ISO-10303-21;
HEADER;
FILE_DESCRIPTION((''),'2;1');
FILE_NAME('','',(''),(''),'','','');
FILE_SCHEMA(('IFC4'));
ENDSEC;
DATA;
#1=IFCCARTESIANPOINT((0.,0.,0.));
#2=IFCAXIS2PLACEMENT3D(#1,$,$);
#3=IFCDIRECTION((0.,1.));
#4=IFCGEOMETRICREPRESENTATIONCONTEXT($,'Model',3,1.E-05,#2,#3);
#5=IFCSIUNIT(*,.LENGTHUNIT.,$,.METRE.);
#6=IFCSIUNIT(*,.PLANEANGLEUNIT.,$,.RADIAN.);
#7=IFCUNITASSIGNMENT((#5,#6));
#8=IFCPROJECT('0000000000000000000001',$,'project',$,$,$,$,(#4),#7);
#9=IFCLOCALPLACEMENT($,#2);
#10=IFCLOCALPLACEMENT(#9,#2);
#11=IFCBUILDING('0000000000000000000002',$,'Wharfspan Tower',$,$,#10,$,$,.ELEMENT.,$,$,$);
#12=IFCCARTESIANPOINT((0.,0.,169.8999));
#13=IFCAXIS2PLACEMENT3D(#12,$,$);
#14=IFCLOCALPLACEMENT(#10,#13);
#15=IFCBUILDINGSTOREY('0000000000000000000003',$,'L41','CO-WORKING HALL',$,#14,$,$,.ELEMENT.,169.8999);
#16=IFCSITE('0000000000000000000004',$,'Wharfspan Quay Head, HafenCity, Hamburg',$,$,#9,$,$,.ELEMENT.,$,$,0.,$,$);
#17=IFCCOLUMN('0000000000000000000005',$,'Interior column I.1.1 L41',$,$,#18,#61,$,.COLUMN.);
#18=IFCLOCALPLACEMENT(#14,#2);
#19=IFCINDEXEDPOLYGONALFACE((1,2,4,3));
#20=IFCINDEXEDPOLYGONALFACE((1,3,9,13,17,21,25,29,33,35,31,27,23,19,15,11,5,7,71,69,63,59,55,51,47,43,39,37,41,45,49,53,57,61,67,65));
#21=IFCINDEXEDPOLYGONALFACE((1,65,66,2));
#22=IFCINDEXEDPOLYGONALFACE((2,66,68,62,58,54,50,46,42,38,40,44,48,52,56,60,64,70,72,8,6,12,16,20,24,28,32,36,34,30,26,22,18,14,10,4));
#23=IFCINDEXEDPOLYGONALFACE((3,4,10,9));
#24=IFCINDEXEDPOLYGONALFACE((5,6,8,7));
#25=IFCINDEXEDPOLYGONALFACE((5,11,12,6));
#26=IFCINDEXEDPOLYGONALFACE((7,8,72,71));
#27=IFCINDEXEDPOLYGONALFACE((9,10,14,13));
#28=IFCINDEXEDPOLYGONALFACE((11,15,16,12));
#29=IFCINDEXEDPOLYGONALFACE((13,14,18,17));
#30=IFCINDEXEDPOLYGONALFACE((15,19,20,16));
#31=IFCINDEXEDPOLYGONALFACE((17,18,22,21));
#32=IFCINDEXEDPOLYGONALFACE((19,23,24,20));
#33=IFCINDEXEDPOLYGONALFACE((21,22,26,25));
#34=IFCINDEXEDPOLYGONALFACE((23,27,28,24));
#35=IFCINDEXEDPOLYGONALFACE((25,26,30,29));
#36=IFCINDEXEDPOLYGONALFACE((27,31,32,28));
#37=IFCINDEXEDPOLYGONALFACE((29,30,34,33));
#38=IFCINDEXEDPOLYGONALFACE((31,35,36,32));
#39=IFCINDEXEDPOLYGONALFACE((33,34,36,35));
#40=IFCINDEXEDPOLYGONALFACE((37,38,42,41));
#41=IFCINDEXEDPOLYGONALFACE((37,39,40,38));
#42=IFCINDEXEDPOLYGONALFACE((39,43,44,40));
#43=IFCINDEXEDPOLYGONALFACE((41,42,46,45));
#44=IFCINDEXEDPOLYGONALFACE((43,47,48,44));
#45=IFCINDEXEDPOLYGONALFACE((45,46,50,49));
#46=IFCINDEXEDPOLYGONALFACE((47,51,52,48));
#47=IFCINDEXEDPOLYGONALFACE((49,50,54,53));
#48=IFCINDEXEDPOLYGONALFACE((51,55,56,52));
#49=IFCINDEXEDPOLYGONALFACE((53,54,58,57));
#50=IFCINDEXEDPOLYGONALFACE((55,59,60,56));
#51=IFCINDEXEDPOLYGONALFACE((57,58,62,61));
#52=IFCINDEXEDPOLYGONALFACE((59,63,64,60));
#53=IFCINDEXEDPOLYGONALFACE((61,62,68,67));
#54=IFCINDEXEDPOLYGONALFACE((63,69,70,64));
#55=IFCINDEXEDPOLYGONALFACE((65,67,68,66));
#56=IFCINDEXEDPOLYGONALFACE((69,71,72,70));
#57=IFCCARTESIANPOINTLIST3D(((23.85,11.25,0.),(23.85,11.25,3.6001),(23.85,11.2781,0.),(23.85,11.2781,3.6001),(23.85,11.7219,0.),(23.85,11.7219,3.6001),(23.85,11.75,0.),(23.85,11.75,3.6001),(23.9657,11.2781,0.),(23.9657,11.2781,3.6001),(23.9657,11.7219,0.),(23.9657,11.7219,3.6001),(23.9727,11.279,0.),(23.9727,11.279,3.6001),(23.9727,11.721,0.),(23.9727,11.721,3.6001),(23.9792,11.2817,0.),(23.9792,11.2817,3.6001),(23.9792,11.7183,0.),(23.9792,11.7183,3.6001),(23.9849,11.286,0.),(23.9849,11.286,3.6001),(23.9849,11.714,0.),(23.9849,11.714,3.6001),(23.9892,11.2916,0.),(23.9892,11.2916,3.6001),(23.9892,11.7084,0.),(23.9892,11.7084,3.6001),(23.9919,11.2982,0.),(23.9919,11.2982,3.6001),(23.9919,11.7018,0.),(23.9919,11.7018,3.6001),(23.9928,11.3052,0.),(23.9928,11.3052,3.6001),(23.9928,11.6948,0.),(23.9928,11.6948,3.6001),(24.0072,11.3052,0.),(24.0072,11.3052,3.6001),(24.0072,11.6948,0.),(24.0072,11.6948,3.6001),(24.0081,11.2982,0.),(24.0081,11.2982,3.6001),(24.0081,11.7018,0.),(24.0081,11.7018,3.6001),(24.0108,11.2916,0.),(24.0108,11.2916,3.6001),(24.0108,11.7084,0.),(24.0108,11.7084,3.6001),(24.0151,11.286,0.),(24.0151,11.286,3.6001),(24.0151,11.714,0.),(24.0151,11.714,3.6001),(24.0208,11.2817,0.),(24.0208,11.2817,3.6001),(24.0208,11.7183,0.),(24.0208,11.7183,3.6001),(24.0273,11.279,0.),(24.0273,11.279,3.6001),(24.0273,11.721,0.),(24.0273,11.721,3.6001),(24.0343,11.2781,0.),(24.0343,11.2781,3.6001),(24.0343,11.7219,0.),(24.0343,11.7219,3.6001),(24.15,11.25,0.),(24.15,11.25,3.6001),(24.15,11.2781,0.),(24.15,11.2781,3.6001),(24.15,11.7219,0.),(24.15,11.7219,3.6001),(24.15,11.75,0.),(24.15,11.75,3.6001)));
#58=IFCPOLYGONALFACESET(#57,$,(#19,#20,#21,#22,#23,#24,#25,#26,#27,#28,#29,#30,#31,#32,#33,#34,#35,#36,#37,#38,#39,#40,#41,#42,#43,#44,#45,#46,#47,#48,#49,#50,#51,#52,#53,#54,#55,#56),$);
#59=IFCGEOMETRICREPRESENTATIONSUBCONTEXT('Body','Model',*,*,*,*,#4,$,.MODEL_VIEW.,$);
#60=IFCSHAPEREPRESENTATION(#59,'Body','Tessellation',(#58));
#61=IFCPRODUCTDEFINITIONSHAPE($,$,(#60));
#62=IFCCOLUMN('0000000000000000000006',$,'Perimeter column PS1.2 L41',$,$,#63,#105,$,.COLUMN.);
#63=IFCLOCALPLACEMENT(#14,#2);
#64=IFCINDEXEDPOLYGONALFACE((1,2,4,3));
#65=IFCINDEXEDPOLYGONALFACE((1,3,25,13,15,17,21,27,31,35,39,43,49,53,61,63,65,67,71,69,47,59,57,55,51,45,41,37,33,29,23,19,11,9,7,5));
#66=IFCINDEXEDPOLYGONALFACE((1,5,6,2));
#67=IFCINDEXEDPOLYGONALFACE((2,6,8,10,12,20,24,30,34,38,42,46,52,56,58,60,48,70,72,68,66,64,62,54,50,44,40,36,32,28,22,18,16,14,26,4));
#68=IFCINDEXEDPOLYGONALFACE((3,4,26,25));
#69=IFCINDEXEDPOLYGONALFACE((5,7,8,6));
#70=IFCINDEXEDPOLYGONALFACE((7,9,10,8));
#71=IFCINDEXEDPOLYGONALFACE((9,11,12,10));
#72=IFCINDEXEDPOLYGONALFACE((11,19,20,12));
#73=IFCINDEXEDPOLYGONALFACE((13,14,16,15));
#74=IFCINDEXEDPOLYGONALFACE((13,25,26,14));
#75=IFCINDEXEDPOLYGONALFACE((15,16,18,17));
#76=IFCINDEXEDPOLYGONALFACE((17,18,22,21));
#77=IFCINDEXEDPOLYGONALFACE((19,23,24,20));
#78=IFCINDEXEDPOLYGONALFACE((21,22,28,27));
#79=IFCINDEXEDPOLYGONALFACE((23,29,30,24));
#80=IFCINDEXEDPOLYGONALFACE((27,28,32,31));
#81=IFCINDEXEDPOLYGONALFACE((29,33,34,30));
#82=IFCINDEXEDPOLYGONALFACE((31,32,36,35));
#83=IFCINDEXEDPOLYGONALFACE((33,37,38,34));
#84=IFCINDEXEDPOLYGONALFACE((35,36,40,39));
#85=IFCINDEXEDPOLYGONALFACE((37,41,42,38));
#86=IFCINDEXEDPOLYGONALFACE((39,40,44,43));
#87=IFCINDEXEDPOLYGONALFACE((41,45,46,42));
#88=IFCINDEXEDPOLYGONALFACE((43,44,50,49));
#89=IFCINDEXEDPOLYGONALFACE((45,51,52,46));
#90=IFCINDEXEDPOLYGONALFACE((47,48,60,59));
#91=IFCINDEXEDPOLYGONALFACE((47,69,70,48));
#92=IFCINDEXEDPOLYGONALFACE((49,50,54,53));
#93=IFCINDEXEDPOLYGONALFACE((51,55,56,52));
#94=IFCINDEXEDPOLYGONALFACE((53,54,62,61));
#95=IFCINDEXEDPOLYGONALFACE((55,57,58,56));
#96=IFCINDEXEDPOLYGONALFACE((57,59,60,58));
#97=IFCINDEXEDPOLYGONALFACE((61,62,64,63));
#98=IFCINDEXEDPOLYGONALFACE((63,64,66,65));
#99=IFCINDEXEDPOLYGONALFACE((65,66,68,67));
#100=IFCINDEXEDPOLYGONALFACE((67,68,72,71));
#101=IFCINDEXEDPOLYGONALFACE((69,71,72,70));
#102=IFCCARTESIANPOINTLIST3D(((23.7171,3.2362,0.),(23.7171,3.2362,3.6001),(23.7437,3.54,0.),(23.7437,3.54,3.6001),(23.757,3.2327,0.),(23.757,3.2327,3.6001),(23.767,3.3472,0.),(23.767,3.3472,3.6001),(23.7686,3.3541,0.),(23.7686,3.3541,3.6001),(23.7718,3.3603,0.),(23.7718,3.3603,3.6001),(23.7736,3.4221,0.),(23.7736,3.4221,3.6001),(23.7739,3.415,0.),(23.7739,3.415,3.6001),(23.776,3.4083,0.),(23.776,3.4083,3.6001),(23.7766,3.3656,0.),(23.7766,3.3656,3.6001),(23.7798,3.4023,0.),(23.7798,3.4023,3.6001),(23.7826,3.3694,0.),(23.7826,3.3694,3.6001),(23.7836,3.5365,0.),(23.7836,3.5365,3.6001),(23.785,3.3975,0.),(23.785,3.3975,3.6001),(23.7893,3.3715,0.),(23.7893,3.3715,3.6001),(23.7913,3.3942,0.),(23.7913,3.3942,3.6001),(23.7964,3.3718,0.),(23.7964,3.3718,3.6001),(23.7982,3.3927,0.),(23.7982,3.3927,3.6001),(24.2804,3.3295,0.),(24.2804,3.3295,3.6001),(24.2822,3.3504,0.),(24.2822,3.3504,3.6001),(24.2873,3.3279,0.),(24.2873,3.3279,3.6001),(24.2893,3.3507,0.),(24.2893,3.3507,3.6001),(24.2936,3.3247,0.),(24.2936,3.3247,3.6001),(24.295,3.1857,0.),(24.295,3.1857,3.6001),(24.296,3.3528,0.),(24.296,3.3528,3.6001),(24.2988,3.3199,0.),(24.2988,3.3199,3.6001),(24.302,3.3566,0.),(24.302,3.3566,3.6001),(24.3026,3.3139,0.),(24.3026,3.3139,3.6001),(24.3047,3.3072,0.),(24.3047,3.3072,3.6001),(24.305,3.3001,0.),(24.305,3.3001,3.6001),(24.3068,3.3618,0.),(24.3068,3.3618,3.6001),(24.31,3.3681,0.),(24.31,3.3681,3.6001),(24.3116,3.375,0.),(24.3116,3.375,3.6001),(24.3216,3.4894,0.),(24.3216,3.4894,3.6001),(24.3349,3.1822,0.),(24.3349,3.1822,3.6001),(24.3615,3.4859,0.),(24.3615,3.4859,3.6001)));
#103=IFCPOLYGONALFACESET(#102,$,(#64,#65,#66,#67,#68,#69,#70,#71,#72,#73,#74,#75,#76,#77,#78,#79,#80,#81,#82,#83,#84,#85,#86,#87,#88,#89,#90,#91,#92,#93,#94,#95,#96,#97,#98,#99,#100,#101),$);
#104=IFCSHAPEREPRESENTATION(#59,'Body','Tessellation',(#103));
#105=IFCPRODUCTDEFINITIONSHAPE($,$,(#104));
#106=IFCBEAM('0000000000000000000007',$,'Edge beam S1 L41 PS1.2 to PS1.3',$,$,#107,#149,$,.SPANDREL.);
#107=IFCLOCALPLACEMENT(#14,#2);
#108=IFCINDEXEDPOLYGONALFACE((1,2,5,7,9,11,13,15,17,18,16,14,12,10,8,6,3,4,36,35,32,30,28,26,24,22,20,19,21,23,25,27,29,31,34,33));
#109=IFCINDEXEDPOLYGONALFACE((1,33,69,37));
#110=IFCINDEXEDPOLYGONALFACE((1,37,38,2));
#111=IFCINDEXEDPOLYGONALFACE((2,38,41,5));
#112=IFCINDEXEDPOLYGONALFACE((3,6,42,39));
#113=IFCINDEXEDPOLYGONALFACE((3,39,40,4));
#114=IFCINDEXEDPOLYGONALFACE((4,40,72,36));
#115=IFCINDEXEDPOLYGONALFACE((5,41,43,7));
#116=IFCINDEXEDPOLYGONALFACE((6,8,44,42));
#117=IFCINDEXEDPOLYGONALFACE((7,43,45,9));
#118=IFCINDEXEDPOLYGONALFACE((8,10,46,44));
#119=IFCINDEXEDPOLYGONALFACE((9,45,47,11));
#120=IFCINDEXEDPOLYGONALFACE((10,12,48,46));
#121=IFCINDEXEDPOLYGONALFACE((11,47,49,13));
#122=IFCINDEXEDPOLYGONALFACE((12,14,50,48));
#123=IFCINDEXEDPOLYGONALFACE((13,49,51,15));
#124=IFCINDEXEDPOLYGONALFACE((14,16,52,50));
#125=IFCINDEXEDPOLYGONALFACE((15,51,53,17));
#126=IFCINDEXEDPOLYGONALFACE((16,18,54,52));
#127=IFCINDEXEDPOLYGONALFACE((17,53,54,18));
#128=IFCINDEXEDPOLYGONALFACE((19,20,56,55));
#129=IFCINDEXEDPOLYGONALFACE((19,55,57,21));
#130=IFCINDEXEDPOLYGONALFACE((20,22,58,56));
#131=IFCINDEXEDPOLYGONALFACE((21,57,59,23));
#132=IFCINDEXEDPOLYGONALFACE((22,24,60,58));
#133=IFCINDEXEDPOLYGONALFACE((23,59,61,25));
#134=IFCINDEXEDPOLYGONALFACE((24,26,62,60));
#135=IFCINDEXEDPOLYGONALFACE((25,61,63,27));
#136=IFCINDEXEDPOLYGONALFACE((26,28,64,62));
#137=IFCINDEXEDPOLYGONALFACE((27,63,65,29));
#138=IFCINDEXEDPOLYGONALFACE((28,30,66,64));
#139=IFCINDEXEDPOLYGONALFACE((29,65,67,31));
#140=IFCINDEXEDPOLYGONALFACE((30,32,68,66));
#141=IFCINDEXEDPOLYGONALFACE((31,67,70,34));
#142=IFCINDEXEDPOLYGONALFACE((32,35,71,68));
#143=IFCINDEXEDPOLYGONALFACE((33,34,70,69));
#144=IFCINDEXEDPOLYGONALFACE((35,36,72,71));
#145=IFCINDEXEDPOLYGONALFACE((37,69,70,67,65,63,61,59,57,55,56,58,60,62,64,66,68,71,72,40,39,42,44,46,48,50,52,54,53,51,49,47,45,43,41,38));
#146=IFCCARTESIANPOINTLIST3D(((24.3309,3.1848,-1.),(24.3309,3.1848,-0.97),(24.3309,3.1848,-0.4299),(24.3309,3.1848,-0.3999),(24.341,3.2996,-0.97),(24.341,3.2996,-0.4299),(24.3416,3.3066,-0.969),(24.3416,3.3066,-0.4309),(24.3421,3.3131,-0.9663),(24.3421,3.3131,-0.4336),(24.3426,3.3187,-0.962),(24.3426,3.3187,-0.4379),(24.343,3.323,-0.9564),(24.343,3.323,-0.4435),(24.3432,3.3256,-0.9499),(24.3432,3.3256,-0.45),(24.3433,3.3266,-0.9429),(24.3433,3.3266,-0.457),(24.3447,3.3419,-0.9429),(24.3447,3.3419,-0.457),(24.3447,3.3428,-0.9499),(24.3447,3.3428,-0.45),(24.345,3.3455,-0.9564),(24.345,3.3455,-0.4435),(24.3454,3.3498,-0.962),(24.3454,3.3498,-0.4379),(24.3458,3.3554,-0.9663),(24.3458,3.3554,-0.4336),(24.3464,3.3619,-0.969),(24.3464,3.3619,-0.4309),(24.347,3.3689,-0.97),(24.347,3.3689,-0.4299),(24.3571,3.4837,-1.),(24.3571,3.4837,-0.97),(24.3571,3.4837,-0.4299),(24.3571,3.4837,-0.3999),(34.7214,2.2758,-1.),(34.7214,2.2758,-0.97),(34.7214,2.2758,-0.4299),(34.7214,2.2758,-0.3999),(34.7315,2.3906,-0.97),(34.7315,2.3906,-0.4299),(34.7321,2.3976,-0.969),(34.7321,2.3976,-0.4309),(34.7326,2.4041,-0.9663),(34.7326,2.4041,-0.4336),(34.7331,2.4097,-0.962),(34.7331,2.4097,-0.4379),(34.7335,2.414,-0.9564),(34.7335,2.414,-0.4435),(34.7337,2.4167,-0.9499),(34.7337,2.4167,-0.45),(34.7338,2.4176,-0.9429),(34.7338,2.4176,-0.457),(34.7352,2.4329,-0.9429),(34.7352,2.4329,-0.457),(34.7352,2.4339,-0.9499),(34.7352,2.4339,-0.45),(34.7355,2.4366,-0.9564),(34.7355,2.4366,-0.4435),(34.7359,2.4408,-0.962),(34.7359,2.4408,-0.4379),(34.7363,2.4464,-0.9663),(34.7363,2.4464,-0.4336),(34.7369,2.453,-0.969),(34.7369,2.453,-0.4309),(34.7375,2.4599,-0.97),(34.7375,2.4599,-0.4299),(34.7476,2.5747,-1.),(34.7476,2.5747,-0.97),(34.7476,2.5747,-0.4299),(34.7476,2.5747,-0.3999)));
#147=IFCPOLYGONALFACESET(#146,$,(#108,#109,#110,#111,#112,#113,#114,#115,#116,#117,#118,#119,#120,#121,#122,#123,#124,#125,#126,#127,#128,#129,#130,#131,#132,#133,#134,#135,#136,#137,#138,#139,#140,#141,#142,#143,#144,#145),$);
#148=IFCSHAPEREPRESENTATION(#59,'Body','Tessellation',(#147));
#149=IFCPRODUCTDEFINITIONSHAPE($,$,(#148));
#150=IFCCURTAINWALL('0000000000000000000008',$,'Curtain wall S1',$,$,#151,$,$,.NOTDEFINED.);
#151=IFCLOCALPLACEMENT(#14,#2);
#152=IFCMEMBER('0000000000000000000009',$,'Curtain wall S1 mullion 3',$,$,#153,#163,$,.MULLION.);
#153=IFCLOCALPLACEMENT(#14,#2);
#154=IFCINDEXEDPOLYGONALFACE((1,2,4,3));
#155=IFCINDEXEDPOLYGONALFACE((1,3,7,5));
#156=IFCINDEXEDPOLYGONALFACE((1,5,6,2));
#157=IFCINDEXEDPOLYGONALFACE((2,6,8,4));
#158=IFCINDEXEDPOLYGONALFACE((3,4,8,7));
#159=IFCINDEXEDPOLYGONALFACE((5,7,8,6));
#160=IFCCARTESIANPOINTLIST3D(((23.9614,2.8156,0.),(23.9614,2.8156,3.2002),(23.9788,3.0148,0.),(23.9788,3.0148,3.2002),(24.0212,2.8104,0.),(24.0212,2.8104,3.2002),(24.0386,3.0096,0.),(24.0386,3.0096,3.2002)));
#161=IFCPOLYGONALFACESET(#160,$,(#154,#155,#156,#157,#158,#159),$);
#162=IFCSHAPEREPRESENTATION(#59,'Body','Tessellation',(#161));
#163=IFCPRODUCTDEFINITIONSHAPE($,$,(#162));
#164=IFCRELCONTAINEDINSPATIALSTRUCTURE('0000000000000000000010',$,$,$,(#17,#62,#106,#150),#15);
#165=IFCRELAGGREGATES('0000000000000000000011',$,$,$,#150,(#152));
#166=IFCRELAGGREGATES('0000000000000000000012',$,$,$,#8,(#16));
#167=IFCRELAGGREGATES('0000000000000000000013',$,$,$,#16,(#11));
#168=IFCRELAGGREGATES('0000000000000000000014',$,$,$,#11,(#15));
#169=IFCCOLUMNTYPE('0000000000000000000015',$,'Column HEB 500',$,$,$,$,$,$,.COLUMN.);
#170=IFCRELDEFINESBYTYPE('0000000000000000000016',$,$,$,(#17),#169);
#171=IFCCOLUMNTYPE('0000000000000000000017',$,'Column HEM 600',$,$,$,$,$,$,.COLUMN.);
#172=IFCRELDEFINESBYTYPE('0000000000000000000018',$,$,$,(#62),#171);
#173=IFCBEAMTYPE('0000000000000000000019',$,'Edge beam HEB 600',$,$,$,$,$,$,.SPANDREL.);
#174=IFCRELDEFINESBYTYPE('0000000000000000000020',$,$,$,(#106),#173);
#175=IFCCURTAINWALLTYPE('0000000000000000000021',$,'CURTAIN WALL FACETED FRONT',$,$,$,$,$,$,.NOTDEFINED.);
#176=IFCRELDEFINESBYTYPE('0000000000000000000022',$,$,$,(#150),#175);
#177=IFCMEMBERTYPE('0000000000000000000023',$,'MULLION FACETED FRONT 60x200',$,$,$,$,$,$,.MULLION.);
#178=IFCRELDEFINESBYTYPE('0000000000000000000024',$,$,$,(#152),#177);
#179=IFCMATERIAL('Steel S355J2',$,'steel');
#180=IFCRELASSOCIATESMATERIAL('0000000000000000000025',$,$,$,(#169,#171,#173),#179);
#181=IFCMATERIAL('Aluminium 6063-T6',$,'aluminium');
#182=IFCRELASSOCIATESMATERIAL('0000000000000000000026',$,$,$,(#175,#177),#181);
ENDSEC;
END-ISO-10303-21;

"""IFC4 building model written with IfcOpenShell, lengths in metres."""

from ifc_helpers import new_model, si_unit, direction, frame, origin, origin_2d, place, context, subcontext, project, spatial, rectangle, i_section, extrude, material, material_profile, profile_set, type_object, element, aggregate, save


model = new_model("IFC4")

# Units and contexts
model_context = context("Model", 3, precision=1e-05, world=origin(), true_north=direction((0.0, 1.0)))
body_context = subcontext(model_context, "Body", "Model", "MODEL_VIEW")
ifc_project = project(units=[si_unit("LENGTHUNIT", "METRE"), si_unit("PLANEANGLEUNIT", "RADIAN")], contexts=[model_context])

# Site, building, storey
site_placement = place(None, origin())
site = spatial("IfcSite", under=ifc_project, at=site_placement, Name="Wharfspan Quay Head, HafenCity, Hamburg", CompositionType="ELEMENT", RefElevation=0.0)
building_placement = place(site_placement, origin())
building = spatial("IfcBuilding", under=site, at=building_placement, Name="Wharfspan Tower", CompositionType="ELEMENT")
storey_placement = place(building_placement, frame((0.0, 0.0, 169.8999)))
storey = spatial("IfcBuildingStorey", under=building, at=storey_placement, Name="L41", Description="CO-WORKING HALL", CompositionType="ELEMENT", Elevation=169.8999)

# Columns
ifc_material_1 = material(Name="Steel S355J2", Category="steel")
ifc_material_profile_1 = material_profile(ifc_material_1, i_section(OverallWidth=0.3, OverallDepth=0.5, WebThickness=0.0144, FlangeThickness=0.0281, FilletRadius=0.0271, at=origin_2d()))
ifc_profile_set_1 = profile_set([ifc_material_profile_1], Name="Steel S355J2")
column_type_1 = type_object("IfcColumnType", Name="Column HEB 500", PredefinedType="COLUMN", material=ifc_profile_set_1)
column_1_placement = place(storey_placement, frame((24.0, 11.5, 0.0), z_axis=(0.0, 0.0, 1.0), x_axis=(1.0, 0.0, 0.0)))
element("IfcColumn", 1, at=column_1_placement, inside=storey, type_object=column_type_1, Name="Interior column I.1.1 L41", PredefinedType="COLUMN", context=body_context, shape_type="SweptSolid", body=[
    extrude(i_section(OverallWidth=0.3, OverallDepth=0.5, WebThickness=0.0144, FlangeThickness=0.0281, FilletRadius=0.0271, at=origin_2d()), origin(), (0.0, 0.0, 1.0), 3.6001),
])
ifc_material_profile_2 = material_profile(ifc_material_1, i_section(OverallWidth=0.3049, OverallDepth=0.6201, WebThickness=0.021, FlangeThickness=0.04, FilletRadius=0.0271, at=origin_2d()))
ifc_profile_set_2 = profile_set([ifc_material_profile_2], Name="Steel S355J2")
column_type_2 = type_object("IfcColumnType", Name="Column HEM 600", PredefinedType="COLUMN", material=ifc_profile_set_2)
column_2_placement = place(storey_placement, frame((24.0393, 3.3611, 0.0), z_axis=(0.0, 0.0, 1.0), x_axis=(-0.087156, -0.996198, 0.0)))
element("IfcColumn", 2, at=column_2_placement, inside=storey, type_object=column_type_2, Name="Perimeter column PS1.2 L41", PredefinedType="COLUMN", context=body_context, shape_type="SweptSolid", body=[
    extrude(i_section(OverallWidth=0.3049, OverallDepth=0.6201, WebThickness=0.021, FlangeThickness=0.04, FilletRadius=0.0271, at=origin_2d()), origin(), (0.0, 0.0, 1.0), 3.6001),
])

# Beam
ifc_material_profile_3 = material_profile(ifc_material_1, i_section(OverallWidth=0.3, OverallDepth=0.6001, WebThickness=0.0154, FlangeThickness=0.03, FilletRadius=0.0271, at=origin_2d()))
ifc_profile_set_3 = profile_set([ifc_material_profile_3], Name="Steel S355J2")
beam_type = type_object("IfcBeamType", Name="Edge beam HEB 600", PredefinedType="SPANDREL", material=ifc_profile_set_3)
beam_placement = place(storey_placement, frame((24.344, 3.3342, -0.7), z_axis=(0.996196, -0.087146, 0.0), x_axis=(0.087146, 0.996196, 0.0)))
element("IfcBeam", 3, at=beam_placement, inside=storey, type_object=beam_type, Name="Edge beam S1 L41 PS1.2 to PS1.3", PredefinedType="SPANDREL", context=body_context, shape_type="SweptSolid", body=[
    extrude(i_section(OverallWidth=0.3, OverallDepth=0.6001, WebThickness=0.0154, FlangeThickness=0.03, FilletRadius=0.0271, at=origin_2d()), origin(), (0.0, 0.0, 1.0), 10.4302),
])

# Curtain wall, member
ifc_material_2 = material(Name="Aluminium 6063-T6", Category="aluminium")
curtain_wall_type = type_object("IfcCurtainWallType", Name="CURTAIN WALL FACETED FRONT", PredefinedType="NOTDEFINED", material=ifc_material_2)
curtain_wall_placement = place(storey_placement, origin())
curtain_wall = element("IfcCurtainWall", 4, at=curtain_wall_placement, inside=storey, type_object=curtain_wall_type, Name="Curtain wall S1", PredefinedType="NOTDEFINED")
ifc_material_profile_4 = material_profile(ifc_material_2, rectangle(XDim=0.2, YDim=0.0601, at=origin_2d()))
ifc_profile_set_4 = profile_set([ifc_material_profile_4], Name="Aluminium 6063-T6")
member_type_1 = type_object("IfcMemberType", Name="MULLION FACETED FRONT 60x200", PredefinedType="MULLION", material=ifc_profile_set_4)
member_1_placement = place(storey_placement, frame((24.0, 2.9126, 0.0), z_axis=(0.0, 0.0, 1.0), x_axis=(0.087156, 0.996198, 0.0)))
member_1 = element("IfcMember", 5, at=member_1_placement, type_object=member_type_1, Name="Curtain wall S1 mullion 3", PredefinedType="MULLION", context=body_context, shape_type="SweptSolid", body=[
    extrude(rectangle(XDim=0.2, YDim=0.0601, at=origin_2d()), origin(), (0.0, 0.0, 1.0), 3.2002),
])

aggregate(curtain_wall, [member_1])

save(model, "model.ifc")
